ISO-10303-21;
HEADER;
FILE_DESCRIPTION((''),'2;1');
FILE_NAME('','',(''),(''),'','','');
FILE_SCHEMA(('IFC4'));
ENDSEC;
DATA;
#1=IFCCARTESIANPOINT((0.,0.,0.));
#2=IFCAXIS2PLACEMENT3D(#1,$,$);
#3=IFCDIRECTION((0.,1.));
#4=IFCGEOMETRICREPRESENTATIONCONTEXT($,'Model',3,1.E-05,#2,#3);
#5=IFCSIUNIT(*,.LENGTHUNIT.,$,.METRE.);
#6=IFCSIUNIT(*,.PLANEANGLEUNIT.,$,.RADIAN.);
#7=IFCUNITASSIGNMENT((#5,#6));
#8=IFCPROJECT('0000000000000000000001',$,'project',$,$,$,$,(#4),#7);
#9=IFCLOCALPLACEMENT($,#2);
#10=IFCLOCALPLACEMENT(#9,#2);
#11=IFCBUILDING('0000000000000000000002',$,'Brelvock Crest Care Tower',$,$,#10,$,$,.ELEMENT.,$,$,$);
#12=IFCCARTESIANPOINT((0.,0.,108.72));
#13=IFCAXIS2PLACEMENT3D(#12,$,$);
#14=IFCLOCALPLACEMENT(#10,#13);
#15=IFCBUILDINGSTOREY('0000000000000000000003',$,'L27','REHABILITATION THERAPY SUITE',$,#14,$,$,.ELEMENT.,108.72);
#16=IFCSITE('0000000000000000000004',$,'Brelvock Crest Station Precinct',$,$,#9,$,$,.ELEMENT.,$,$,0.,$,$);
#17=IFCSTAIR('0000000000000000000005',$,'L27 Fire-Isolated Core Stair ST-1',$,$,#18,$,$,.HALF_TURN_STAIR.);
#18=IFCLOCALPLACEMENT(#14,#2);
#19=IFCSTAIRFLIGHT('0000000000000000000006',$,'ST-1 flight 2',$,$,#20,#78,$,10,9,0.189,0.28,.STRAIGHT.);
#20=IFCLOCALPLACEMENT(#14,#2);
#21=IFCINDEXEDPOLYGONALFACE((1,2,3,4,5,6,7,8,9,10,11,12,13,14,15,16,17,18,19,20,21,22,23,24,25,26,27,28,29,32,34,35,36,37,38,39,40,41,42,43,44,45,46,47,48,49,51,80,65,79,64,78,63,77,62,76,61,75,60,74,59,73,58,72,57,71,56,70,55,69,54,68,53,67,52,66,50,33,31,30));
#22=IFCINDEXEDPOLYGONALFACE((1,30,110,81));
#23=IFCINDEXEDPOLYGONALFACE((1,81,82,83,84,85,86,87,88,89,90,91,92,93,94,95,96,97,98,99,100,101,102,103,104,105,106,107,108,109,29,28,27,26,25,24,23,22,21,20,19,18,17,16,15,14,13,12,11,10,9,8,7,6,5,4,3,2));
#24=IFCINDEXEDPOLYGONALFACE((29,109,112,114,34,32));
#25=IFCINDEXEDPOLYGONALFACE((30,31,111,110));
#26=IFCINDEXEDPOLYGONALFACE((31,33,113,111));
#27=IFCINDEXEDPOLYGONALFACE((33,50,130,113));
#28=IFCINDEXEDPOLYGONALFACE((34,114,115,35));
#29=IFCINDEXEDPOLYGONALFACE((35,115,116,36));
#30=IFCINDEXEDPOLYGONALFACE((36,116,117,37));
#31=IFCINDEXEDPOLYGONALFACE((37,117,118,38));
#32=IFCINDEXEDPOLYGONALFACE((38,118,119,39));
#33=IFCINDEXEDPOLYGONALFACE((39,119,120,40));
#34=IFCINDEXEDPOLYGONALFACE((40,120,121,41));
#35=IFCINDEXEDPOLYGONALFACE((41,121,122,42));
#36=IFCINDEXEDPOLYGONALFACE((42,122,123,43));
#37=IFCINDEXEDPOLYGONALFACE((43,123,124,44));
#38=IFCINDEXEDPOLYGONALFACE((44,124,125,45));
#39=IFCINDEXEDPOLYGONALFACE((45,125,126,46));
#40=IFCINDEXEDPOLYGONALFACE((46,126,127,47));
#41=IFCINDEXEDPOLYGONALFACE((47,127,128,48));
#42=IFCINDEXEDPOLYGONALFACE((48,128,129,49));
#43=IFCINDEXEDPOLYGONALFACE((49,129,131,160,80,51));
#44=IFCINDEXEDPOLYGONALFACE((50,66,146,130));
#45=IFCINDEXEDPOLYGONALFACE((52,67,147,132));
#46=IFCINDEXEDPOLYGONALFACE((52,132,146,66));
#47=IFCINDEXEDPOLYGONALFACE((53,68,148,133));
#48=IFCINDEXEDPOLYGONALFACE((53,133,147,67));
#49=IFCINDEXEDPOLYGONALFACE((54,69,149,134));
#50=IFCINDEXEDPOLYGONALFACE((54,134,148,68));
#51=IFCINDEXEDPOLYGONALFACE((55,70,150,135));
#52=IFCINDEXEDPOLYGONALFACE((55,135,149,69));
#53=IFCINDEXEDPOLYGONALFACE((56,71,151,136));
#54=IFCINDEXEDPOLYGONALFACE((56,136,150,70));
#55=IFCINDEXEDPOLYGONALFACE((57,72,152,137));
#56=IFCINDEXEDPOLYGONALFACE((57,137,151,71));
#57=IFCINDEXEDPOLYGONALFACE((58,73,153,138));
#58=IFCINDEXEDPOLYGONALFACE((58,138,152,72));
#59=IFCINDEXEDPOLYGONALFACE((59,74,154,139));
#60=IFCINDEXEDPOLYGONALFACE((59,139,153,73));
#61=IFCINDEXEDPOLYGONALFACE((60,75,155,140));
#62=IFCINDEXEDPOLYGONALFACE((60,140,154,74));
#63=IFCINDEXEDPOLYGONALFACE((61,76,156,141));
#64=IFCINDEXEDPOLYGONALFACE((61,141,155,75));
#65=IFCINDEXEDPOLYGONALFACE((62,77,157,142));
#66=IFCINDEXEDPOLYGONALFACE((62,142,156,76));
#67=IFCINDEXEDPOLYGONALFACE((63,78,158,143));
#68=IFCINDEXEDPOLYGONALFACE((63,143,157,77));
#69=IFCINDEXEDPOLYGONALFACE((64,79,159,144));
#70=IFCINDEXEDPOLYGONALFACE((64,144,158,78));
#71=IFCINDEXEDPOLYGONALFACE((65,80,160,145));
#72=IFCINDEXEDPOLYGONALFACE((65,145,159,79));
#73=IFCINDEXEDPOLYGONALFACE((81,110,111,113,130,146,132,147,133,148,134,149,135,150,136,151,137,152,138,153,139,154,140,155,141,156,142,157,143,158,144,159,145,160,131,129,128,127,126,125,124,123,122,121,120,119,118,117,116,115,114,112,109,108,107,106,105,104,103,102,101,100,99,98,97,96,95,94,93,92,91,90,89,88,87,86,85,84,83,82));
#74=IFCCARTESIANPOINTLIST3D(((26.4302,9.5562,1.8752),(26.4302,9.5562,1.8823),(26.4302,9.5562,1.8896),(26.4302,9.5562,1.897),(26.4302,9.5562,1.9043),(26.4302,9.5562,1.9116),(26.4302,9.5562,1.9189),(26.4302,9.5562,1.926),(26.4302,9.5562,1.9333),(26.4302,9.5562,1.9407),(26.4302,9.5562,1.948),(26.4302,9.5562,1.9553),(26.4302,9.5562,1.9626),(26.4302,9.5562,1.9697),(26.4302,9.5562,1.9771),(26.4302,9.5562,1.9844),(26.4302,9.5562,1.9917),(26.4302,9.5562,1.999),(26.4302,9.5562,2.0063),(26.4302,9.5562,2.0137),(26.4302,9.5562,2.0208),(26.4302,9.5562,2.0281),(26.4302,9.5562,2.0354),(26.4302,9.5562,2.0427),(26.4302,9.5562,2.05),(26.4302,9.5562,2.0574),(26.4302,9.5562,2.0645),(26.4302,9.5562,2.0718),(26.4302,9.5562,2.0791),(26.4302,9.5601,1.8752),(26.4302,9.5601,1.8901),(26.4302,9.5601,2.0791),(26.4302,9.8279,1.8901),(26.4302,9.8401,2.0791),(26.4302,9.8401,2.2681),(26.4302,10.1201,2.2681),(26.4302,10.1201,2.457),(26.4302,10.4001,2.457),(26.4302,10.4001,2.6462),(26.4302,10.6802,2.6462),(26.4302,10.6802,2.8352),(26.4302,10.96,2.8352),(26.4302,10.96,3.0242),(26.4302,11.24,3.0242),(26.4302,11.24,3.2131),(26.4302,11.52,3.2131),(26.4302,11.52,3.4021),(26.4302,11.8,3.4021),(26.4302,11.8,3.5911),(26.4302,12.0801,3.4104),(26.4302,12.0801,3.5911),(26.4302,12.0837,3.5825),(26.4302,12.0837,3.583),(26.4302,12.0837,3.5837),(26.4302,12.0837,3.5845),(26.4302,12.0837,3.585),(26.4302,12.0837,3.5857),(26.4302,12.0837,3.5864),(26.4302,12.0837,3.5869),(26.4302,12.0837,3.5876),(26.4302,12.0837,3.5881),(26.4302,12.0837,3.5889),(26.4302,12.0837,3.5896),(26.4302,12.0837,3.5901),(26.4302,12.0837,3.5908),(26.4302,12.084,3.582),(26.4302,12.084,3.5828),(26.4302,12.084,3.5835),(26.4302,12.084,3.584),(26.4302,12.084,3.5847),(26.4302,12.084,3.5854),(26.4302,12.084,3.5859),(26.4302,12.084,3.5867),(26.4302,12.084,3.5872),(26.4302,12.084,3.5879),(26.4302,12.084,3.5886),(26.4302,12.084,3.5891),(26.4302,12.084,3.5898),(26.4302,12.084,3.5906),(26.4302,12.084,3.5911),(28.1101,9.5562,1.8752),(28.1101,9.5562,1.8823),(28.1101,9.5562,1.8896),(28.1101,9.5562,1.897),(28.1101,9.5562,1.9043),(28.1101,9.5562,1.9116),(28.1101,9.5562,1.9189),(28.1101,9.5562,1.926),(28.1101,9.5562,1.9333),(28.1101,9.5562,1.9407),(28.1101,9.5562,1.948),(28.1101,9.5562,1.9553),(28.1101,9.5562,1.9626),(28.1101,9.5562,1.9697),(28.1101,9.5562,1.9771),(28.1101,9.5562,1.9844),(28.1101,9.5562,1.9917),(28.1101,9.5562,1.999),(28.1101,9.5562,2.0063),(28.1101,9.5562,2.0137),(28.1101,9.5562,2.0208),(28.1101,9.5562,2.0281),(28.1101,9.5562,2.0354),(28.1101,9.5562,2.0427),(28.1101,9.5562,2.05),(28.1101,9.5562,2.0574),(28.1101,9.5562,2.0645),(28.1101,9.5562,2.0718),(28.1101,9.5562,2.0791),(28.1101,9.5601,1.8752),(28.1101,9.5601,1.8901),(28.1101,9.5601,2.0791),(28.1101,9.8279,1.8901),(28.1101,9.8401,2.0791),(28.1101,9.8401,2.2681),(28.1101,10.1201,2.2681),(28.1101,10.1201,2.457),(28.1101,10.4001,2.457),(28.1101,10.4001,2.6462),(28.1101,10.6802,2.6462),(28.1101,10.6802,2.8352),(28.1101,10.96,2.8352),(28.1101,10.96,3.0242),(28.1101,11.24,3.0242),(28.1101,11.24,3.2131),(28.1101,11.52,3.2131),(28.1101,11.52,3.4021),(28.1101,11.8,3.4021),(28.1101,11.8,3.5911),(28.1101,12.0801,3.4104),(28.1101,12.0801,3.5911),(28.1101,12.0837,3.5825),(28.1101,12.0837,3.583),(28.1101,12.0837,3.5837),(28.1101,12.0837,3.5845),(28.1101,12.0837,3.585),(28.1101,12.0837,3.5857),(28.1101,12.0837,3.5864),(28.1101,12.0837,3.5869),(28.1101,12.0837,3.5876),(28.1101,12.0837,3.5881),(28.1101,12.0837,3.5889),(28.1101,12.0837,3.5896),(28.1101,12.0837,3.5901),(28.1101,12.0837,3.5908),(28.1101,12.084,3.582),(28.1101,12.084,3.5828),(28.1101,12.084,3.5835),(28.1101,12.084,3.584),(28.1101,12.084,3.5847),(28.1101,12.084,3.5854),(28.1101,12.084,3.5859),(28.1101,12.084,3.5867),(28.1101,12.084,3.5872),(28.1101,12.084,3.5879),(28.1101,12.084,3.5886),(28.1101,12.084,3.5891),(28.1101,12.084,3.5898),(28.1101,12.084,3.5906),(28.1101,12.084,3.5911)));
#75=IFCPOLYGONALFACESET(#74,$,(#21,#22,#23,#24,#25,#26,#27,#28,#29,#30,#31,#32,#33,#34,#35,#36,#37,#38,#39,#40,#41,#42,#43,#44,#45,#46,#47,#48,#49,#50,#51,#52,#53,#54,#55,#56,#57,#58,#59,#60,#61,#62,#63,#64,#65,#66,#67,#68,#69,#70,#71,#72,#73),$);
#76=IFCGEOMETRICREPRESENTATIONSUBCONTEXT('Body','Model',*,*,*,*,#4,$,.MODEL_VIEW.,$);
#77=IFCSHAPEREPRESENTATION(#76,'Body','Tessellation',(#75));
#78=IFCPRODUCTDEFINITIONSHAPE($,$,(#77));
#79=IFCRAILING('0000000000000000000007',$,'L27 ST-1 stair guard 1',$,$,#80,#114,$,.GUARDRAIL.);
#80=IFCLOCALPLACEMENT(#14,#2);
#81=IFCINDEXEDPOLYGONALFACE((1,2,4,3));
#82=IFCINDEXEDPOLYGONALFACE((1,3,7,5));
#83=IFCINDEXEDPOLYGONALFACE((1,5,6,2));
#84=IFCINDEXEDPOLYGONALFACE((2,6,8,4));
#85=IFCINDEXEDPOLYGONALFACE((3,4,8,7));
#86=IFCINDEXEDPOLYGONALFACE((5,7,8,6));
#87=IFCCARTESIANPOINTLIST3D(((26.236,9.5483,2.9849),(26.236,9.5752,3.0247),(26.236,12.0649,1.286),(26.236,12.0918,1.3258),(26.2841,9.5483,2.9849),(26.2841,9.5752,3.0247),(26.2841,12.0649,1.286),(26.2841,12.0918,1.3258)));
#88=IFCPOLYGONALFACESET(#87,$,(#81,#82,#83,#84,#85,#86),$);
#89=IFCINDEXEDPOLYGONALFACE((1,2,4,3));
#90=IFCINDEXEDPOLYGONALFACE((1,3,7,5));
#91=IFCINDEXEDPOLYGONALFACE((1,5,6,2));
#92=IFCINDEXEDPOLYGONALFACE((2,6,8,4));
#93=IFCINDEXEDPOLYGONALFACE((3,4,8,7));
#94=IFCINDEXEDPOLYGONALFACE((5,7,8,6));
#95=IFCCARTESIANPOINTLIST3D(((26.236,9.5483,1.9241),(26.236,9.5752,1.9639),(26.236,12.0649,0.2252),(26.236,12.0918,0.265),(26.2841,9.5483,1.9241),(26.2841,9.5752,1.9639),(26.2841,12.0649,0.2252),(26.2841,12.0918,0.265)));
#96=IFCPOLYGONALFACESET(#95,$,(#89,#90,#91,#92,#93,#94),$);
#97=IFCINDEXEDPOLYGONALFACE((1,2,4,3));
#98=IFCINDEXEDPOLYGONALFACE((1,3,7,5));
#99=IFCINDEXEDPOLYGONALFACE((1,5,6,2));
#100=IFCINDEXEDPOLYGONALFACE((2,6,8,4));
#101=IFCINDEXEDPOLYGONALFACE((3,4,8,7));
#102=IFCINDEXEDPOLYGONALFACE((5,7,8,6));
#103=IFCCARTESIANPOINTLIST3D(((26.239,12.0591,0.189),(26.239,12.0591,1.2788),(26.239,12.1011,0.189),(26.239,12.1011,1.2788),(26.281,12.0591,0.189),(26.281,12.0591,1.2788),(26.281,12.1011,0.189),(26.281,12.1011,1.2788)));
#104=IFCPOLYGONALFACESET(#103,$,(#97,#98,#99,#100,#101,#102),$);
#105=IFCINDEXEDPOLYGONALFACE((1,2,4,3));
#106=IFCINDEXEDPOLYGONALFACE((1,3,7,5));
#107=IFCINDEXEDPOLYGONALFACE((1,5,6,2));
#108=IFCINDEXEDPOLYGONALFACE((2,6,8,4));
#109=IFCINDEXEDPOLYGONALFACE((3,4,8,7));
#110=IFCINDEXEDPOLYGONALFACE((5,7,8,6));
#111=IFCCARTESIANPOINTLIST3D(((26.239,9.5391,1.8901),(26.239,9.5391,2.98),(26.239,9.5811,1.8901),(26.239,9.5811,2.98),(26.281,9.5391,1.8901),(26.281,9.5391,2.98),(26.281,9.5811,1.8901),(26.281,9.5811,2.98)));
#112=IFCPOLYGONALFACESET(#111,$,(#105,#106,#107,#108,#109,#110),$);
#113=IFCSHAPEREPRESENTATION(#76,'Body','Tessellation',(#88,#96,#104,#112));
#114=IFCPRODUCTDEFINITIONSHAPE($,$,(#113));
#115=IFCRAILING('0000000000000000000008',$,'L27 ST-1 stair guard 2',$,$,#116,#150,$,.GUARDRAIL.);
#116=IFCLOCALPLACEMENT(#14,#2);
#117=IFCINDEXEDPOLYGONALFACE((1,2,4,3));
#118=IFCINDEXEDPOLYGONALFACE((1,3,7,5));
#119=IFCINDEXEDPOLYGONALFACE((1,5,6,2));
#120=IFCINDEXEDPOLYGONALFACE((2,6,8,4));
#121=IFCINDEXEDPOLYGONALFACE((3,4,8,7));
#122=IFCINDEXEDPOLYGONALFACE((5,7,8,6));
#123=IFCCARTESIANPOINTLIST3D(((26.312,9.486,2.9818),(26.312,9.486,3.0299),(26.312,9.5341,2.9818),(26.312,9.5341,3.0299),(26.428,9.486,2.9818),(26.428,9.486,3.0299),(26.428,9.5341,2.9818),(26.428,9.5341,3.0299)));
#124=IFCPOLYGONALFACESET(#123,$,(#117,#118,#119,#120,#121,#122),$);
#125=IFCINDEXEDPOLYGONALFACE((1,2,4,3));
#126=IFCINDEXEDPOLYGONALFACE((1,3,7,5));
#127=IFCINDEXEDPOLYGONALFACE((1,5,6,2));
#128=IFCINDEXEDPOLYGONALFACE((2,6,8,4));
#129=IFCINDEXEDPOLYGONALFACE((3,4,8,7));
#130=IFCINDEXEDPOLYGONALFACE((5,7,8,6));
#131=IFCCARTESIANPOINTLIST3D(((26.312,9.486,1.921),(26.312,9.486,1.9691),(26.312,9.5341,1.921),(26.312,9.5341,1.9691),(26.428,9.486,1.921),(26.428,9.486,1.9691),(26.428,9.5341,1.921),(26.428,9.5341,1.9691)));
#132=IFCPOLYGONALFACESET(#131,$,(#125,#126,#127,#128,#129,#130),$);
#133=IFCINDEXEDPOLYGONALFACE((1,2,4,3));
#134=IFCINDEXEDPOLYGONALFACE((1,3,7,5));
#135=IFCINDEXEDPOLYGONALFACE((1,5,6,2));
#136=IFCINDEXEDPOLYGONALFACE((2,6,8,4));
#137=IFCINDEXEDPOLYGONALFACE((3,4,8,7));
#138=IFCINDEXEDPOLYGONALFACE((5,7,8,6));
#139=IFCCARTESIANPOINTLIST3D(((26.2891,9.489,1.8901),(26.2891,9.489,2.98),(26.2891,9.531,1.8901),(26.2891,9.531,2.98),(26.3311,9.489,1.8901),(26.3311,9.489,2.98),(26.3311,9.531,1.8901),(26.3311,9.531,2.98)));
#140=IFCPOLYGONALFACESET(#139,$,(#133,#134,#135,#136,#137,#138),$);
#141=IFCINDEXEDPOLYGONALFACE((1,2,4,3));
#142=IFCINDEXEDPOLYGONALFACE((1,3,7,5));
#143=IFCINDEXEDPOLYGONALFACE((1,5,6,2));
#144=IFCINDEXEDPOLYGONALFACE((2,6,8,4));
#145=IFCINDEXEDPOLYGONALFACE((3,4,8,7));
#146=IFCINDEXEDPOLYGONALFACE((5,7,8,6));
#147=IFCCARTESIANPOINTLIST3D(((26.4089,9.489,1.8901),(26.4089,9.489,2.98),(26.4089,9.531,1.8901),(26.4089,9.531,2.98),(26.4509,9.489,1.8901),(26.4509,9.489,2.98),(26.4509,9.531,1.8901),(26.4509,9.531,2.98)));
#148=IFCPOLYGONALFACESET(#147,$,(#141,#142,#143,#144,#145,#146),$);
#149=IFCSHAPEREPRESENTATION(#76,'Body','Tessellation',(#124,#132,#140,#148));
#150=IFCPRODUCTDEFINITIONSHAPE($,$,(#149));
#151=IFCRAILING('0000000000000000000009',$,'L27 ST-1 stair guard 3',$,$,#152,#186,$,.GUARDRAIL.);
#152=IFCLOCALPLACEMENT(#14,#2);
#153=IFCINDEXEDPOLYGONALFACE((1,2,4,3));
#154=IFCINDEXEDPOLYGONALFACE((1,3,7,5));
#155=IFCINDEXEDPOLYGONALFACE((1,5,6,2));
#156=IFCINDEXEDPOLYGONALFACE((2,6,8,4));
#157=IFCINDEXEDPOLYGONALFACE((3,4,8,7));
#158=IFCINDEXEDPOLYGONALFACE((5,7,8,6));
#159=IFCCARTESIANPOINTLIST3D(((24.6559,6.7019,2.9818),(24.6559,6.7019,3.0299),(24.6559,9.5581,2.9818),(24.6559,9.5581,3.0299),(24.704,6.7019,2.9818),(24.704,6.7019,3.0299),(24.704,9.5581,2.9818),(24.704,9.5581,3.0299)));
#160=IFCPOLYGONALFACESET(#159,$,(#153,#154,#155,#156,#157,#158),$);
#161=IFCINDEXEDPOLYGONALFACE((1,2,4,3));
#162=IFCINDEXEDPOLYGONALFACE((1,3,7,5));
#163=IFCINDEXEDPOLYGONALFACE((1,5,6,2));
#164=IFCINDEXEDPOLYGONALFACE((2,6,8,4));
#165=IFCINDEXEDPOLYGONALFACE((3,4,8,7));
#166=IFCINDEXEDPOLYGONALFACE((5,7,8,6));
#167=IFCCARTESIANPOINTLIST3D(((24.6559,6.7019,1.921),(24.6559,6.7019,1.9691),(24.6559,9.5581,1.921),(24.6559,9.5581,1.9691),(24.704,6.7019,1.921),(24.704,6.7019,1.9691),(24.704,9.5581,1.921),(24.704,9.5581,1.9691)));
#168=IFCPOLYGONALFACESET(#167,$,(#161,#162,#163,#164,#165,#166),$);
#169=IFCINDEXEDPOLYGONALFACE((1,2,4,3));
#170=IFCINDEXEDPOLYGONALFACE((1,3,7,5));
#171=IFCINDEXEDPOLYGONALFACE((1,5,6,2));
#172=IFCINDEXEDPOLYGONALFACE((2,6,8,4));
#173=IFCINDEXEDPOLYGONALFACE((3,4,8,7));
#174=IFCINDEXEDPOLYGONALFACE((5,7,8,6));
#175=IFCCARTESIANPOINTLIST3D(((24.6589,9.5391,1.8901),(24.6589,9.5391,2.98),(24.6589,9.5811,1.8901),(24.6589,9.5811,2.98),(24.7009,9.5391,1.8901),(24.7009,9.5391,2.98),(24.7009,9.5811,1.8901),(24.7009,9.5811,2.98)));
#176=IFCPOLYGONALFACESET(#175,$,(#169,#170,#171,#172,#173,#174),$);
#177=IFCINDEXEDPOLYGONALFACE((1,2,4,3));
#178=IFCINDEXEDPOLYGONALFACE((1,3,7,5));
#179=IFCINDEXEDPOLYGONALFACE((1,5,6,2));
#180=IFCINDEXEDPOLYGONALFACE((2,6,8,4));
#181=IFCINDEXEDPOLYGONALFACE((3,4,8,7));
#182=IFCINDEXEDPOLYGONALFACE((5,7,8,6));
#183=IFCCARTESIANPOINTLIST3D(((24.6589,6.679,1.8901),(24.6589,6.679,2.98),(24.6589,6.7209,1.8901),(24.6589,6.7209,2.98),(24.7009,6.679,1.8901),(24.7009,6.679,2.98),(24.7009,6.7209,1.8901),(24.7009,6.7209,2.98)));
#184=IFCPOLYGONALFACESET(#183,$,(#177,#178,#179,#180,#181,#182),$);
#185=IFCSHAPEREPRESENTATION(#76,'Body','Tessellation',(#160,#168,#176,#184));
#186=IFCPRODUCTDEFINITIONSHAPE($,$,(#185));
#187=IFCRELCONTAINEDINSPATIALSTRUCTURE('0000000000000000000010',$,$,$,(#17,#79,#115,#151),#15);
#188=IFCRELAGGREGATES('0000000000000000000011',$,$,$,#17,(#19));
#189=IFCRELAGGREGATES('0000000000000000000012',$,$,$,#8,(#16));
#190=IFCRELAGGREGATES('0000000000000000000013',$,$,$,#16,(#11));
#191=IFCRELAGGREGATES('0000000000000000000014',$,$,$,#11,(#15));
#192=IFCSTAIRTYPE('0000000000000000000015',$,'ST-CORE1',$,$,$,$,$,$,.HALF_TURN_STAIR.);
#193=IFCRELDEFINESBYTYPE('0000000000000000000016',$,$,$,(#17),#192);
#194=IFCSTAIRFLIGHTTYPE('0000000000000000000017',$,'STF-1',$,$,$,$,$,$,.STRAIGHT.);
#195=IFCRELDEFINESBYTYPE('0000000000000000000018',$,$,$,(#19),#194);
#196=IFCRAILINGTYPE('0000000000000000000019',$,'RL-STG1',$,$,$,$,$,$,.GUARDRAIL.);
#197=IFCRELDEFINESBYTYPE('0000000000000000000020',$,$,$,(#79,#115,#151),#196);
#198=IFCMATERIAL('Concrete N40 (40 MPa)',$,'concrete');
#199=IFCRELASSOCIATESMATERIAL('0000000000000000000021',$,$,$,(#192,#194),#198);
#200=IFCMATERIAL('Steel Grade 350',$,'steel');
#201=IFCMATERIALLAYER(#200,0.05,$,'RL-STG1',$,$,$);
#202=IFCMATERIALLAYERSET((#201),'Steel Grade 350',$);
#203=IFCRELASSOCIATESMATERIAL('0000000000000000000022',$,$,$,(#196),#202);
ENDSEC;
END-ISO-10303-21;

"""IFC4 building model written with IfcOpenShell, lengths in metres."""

from ifc_helpers import new_model, si_unit, direction, frame, origin, origin_2d, place, context, subcontext, project, spatial, polyline, rectangle, outline, extrude, material, layer, layer_set, type_object, element, aggregate, save


model = new_model("IFC4")

# Units and contexts
model_context = context("Model", 3, precision=1e-05, world=origin(), true_north=direction((0.0, 1.0)))
body_context = subcontext(model_context, "Body", "Model", "MODEL_VIEW")
ifc_project = project(units=[si_unit("LENGTHUNIT", "METRE"), si_unit("PLANEANGLEUNIT", "RADIAN")], contexts=[model_context])

# Site, building, storey
site_placement = place(None, origin())
site = spatial("IfcSite", under=ifc_project, at=site_placement, Name="Brelvock Crest Station Precinct", CompositionType="ELEMENT", RefElevation=0.0)
building_placement = place(site_placement, origin())
building = spatial("IfcBuilding", under=site, at=building_placement, Name="Brelvock Crest Care Tower", CompositionType="ELEMENT")
storey_placement = place(building_placement, frame((0.0, 0.0, 108.72)))
storey = spatial("IfcBuildingStorey", under=building, at=storey_placement, Name="L27", Description="REHABILITATION THERAPY SUITE", CompositionType="ELEMENT", Elevation=108.72)

# Shared definitions
ifc_material_1 = material(Name="Steel Grade 350", Category="steel")

# Stair, stair flight
ifc_material_2 = material(Name="Concrete N40 (40 MPa)", Category="concrete")
stair_type = type_object("IfcStairType", Name="ST-CORE1", PredefinedType="HALF_TURN_STAIR", material=ifc_material_2)
stair_placement = place(storey_placement, origin())
stair = element("IfcStair", 1, at=stair_placement, inside=storey, type_object=stair_type, Name="L27 Fire-Isolated Core Stair ST-1", PredefinedType="HALF_TURN_STAIR")
stair_flight_type = type_object("IfcStairFlightType", Name="STF-1", PredefinedType="STRAIGHT", material=ifc_material_2)
stair_flight_1_placement = place(storey_placement, frame((27.27, 9.5601, 1.8901), z_axis=(0.0, 0.0, 1.0), x_axis=(0.0, 1.0, 0.0)))
stair_flight_1 = element("IfcStairFlight", 2, at=stair_flight_1_placement, type_object=stair_flight_type, Name="ST-1 flight 2", NumberOfRisers=10, NumberOfTreads=9, PredefinedType="STRAIGHT", RiserHeight=0.189, TreadLength=0.28, context=body_context, shape_type="SweptSolid", body=[
    extrude(outline(polyline([(-0.0039, -0.0149), (-0.0039, -0.0078), (-0.0039, -0.0005), (-0.0039, 0.0068), (-0.0039, 0.0142), (-0.0039, 0.0215), (-0.0039, 0.0288), (-0.0039, 0.0359), (-0.0039, 0.0432), (-0.0039, 0.0505), (-0.0039, 0.0579), (-0.0039, 0.0652), (-0.0039, 0.0725), (-0.0039, 0.0796), (-0.0039, 0.0869), (-0.0039, 0.0942), (-0.0039, 0.1016), (-0.0039, 0.1089), (-0.0039, 0.1162), (-0.0039, 0.1235), (-0.0039, 0.1306), (-0.0039, 0.1379), (-0.0039, 0.1453), (-0.0039, 0.1526), (-0.0039, 0.1599), (-0.0039, 0.1672), (-0.0039, 0.1743), (-0.0039, 0.1816), (-0.0039, 0.189), (0.0, 0.189), (0.28, 0.189), (0.28, 0.3779), (0.5601, 0.3779), (0.5601, 0.5669), (0.8401, 0.5669), (0.8401, 0.7561), (1.1201, 0.7561), (1.1201, 0.9451), (1.3999, 0.9451), (1.3999, 1.134), (1.6799, 1.134), (1.6799, 1.323), (1.96, 1.323), (1.96, 1.512), (2.24, 1.512), (2.24, 1.7009), (2.52, 1.7009), (2.5239, 1.7009), (2.5237, 1.7007), (2.5239, 1.7004), (2.5237, 1.7), (2.5239, 1.6997), (2.5237, 1.6995), (2.5239, 1.699), (2.5237, 1.6987), (2.5239, 1.6985), (2.5237, 1.698), (2.5239, 1.6978), (2.5237, 1.6975), (2.5239, 1.697), (2.5237, 1.6968), (2.5239, 1.6965), (2.5237, 1.6963), (2.5239, 1.6958), (2.5237, 1.6956), (2.5239, 1.6953), (2.5237, 1.6948), (2.5239, 1.6946), (2.5237, 1.6943), (2.5239, 1.6938), (2.5237, 1.6936), (2.5239, 1.6934), (2.5237, 1.6929), (2.5239, 1.6926), (2.5237, 1.6924), (2.5239, 1.6919), (2.52, 1.5203), (0.2678, 0.0), (0.0, 0.0), (0.0, -0.0149), (-0.0039, -0.0149)])), frame((0.0, 0.8398, 0.0), z_axis=(0.0, -1.0, 0.0), x_axis=(1.0, 0.0, 0.0)), (0.0, 0.0, 1.0), 1.6799),
])
aggregate(stair, [stair_flight_1])

# Railings
ifc_layer_1 = layer(ifc_material_1, 0.05, Name="RL-STG1")
ifc_layer_set_1 = layer_set([ifc_layer_1], Name="Steel Grade 350")
railing_type_1 = type_object("IfcRailingType", Name="RL-STG1", PredefinedType="GUARDRAIL", material=ifc_layer_set_1)
railing_1_placement = place(storey_placement, frame((26.26, 12.0801, 0.189)))
element("IfcRailing", 3, at=railing_1_placement, inside=storey, type_object=railing_type_1, Name="L27 ST-1 stair guard 1", PredefinedType="GUARDRAIL", context=body_context, shape_type="SweptSolid", body=[
    extrude(rectangle(XDim=0.0481, YDim=0.0481, at=origin_2d()), frame((0.0, -0.0017, 1.1169), z_axis=(0.0, -0.828824, 0.559509), x_axis=(1.0, 0.0, 0.0)), (0.0, 0.0, 1.0), 3.0364),
    extrude(rectangle(XDim=0.0481, YDim=0.0481, at=origin_2d()), frame((0.0, -0.0017, 0.0562), z_axis=(0.0, -0.828824, 0.559509), x_axis=(1.0, 0.0, 0.0)), (0.0, 0.0, 1.0), 3.0364),
    extrude(rectangle(XDim=0.042, YDim=0.042, at=origin_2d()), origin(), (0.0, 0.0, 1.0), 1.0898),
    extrude(rectangle(XDim=0.042, YDim=0.042, at=origin_2d()), frame((0.0, -2.52, 1.7012)), (0.0, 0.0, 1.0), 1.0898),
])
railing_2_placement = place(storey_placement, frame((26.3101, 9.51, 1.8901)))
element("IfcRailing", 4, at=railing_2_placement, inside=storey, type_object=railing_type_1, Name="L27 ST-1 stair guard 2", PredefinedType="GUARDRAIL", context=body_context, shape_type="SweptSolid", body=[
    extrude(rectangle(XDim=0.0481, YDim=0.0481, at=origin_2d()), frame((0.002, 0.0, 1.1157), z_axis=(1.0, 0.0, 0.0), x_axis=(0.0, 1.0, 0.0)), (0.0, 0.0, 1.0), 0.116),
    extrude(rectangle(XDim=0.0481, YDim=0.0481, at=origin_2d()), frame((0.002, 0.0, 0.0549), z_axis=(1.0, 0.0, 0.0), x_axis=(0.0, 1.0, 0.0)), (0.0, 0.0, 1.0), 0.116),
    extrude(rectangle(XDim=0.042, YDim=0.042, at=origin_2d()), origin(), (0.0, 0.0, 1.0), 1.0898),
    extrude(rectangle(XDim=0.042, YDim=0.042, at=origin_2d()), frame((0.1199, 0.0, 0.0)), (0.0, 0.0, 1.0), 1.0898),
])
for number, where, name in (
    (5, (24.6799, 9.5601, 1.8901), "L27 ST-1 stair guard 3"),
):
    element("IfcRailing", number, at=place(storey_placement, frame(where)), inside=storey, type_object=railing_type_1, Name=name, PredefinedType="GUARDRAIL", context=body_context, shape_type="SweptSolid", body=[
        extrude(rectangle(XDim=0.0481, YDim=0.0481, at=origin_2d()), frame((0.0, -0.002, 1.1157), z_axis=(0.0, -1.0, 0.0), x_axis=(1.0, 0.0, 0.0)), (0.0, 0.0, 1.0), 2.8562),
        extrude(rectangle(XDim=0.0481, YDim=0.0481, at=origin_2d()), frame((0.0, -0.002, 0.0549), z_axis=(0.0, -1.0, 0.0), x_axis=(1.0, 0.0, 0.0)), (0.0, 0.0, 1.0), 2.8562),
        extrude(rectangle(XDim=0.042, YDim=0.042, at=origin_2d()), origin(), (0.0, 0.0, 1.0), 1.0898),
        extrude(rectangle(XDim=0.042, YDim=0.042, at=origin_2d()), frame((0.0, -2.8601, 0.0)), (0.0, 0.0, 1.0), 1.0898),
    ])

save(model, "model.ifc")
